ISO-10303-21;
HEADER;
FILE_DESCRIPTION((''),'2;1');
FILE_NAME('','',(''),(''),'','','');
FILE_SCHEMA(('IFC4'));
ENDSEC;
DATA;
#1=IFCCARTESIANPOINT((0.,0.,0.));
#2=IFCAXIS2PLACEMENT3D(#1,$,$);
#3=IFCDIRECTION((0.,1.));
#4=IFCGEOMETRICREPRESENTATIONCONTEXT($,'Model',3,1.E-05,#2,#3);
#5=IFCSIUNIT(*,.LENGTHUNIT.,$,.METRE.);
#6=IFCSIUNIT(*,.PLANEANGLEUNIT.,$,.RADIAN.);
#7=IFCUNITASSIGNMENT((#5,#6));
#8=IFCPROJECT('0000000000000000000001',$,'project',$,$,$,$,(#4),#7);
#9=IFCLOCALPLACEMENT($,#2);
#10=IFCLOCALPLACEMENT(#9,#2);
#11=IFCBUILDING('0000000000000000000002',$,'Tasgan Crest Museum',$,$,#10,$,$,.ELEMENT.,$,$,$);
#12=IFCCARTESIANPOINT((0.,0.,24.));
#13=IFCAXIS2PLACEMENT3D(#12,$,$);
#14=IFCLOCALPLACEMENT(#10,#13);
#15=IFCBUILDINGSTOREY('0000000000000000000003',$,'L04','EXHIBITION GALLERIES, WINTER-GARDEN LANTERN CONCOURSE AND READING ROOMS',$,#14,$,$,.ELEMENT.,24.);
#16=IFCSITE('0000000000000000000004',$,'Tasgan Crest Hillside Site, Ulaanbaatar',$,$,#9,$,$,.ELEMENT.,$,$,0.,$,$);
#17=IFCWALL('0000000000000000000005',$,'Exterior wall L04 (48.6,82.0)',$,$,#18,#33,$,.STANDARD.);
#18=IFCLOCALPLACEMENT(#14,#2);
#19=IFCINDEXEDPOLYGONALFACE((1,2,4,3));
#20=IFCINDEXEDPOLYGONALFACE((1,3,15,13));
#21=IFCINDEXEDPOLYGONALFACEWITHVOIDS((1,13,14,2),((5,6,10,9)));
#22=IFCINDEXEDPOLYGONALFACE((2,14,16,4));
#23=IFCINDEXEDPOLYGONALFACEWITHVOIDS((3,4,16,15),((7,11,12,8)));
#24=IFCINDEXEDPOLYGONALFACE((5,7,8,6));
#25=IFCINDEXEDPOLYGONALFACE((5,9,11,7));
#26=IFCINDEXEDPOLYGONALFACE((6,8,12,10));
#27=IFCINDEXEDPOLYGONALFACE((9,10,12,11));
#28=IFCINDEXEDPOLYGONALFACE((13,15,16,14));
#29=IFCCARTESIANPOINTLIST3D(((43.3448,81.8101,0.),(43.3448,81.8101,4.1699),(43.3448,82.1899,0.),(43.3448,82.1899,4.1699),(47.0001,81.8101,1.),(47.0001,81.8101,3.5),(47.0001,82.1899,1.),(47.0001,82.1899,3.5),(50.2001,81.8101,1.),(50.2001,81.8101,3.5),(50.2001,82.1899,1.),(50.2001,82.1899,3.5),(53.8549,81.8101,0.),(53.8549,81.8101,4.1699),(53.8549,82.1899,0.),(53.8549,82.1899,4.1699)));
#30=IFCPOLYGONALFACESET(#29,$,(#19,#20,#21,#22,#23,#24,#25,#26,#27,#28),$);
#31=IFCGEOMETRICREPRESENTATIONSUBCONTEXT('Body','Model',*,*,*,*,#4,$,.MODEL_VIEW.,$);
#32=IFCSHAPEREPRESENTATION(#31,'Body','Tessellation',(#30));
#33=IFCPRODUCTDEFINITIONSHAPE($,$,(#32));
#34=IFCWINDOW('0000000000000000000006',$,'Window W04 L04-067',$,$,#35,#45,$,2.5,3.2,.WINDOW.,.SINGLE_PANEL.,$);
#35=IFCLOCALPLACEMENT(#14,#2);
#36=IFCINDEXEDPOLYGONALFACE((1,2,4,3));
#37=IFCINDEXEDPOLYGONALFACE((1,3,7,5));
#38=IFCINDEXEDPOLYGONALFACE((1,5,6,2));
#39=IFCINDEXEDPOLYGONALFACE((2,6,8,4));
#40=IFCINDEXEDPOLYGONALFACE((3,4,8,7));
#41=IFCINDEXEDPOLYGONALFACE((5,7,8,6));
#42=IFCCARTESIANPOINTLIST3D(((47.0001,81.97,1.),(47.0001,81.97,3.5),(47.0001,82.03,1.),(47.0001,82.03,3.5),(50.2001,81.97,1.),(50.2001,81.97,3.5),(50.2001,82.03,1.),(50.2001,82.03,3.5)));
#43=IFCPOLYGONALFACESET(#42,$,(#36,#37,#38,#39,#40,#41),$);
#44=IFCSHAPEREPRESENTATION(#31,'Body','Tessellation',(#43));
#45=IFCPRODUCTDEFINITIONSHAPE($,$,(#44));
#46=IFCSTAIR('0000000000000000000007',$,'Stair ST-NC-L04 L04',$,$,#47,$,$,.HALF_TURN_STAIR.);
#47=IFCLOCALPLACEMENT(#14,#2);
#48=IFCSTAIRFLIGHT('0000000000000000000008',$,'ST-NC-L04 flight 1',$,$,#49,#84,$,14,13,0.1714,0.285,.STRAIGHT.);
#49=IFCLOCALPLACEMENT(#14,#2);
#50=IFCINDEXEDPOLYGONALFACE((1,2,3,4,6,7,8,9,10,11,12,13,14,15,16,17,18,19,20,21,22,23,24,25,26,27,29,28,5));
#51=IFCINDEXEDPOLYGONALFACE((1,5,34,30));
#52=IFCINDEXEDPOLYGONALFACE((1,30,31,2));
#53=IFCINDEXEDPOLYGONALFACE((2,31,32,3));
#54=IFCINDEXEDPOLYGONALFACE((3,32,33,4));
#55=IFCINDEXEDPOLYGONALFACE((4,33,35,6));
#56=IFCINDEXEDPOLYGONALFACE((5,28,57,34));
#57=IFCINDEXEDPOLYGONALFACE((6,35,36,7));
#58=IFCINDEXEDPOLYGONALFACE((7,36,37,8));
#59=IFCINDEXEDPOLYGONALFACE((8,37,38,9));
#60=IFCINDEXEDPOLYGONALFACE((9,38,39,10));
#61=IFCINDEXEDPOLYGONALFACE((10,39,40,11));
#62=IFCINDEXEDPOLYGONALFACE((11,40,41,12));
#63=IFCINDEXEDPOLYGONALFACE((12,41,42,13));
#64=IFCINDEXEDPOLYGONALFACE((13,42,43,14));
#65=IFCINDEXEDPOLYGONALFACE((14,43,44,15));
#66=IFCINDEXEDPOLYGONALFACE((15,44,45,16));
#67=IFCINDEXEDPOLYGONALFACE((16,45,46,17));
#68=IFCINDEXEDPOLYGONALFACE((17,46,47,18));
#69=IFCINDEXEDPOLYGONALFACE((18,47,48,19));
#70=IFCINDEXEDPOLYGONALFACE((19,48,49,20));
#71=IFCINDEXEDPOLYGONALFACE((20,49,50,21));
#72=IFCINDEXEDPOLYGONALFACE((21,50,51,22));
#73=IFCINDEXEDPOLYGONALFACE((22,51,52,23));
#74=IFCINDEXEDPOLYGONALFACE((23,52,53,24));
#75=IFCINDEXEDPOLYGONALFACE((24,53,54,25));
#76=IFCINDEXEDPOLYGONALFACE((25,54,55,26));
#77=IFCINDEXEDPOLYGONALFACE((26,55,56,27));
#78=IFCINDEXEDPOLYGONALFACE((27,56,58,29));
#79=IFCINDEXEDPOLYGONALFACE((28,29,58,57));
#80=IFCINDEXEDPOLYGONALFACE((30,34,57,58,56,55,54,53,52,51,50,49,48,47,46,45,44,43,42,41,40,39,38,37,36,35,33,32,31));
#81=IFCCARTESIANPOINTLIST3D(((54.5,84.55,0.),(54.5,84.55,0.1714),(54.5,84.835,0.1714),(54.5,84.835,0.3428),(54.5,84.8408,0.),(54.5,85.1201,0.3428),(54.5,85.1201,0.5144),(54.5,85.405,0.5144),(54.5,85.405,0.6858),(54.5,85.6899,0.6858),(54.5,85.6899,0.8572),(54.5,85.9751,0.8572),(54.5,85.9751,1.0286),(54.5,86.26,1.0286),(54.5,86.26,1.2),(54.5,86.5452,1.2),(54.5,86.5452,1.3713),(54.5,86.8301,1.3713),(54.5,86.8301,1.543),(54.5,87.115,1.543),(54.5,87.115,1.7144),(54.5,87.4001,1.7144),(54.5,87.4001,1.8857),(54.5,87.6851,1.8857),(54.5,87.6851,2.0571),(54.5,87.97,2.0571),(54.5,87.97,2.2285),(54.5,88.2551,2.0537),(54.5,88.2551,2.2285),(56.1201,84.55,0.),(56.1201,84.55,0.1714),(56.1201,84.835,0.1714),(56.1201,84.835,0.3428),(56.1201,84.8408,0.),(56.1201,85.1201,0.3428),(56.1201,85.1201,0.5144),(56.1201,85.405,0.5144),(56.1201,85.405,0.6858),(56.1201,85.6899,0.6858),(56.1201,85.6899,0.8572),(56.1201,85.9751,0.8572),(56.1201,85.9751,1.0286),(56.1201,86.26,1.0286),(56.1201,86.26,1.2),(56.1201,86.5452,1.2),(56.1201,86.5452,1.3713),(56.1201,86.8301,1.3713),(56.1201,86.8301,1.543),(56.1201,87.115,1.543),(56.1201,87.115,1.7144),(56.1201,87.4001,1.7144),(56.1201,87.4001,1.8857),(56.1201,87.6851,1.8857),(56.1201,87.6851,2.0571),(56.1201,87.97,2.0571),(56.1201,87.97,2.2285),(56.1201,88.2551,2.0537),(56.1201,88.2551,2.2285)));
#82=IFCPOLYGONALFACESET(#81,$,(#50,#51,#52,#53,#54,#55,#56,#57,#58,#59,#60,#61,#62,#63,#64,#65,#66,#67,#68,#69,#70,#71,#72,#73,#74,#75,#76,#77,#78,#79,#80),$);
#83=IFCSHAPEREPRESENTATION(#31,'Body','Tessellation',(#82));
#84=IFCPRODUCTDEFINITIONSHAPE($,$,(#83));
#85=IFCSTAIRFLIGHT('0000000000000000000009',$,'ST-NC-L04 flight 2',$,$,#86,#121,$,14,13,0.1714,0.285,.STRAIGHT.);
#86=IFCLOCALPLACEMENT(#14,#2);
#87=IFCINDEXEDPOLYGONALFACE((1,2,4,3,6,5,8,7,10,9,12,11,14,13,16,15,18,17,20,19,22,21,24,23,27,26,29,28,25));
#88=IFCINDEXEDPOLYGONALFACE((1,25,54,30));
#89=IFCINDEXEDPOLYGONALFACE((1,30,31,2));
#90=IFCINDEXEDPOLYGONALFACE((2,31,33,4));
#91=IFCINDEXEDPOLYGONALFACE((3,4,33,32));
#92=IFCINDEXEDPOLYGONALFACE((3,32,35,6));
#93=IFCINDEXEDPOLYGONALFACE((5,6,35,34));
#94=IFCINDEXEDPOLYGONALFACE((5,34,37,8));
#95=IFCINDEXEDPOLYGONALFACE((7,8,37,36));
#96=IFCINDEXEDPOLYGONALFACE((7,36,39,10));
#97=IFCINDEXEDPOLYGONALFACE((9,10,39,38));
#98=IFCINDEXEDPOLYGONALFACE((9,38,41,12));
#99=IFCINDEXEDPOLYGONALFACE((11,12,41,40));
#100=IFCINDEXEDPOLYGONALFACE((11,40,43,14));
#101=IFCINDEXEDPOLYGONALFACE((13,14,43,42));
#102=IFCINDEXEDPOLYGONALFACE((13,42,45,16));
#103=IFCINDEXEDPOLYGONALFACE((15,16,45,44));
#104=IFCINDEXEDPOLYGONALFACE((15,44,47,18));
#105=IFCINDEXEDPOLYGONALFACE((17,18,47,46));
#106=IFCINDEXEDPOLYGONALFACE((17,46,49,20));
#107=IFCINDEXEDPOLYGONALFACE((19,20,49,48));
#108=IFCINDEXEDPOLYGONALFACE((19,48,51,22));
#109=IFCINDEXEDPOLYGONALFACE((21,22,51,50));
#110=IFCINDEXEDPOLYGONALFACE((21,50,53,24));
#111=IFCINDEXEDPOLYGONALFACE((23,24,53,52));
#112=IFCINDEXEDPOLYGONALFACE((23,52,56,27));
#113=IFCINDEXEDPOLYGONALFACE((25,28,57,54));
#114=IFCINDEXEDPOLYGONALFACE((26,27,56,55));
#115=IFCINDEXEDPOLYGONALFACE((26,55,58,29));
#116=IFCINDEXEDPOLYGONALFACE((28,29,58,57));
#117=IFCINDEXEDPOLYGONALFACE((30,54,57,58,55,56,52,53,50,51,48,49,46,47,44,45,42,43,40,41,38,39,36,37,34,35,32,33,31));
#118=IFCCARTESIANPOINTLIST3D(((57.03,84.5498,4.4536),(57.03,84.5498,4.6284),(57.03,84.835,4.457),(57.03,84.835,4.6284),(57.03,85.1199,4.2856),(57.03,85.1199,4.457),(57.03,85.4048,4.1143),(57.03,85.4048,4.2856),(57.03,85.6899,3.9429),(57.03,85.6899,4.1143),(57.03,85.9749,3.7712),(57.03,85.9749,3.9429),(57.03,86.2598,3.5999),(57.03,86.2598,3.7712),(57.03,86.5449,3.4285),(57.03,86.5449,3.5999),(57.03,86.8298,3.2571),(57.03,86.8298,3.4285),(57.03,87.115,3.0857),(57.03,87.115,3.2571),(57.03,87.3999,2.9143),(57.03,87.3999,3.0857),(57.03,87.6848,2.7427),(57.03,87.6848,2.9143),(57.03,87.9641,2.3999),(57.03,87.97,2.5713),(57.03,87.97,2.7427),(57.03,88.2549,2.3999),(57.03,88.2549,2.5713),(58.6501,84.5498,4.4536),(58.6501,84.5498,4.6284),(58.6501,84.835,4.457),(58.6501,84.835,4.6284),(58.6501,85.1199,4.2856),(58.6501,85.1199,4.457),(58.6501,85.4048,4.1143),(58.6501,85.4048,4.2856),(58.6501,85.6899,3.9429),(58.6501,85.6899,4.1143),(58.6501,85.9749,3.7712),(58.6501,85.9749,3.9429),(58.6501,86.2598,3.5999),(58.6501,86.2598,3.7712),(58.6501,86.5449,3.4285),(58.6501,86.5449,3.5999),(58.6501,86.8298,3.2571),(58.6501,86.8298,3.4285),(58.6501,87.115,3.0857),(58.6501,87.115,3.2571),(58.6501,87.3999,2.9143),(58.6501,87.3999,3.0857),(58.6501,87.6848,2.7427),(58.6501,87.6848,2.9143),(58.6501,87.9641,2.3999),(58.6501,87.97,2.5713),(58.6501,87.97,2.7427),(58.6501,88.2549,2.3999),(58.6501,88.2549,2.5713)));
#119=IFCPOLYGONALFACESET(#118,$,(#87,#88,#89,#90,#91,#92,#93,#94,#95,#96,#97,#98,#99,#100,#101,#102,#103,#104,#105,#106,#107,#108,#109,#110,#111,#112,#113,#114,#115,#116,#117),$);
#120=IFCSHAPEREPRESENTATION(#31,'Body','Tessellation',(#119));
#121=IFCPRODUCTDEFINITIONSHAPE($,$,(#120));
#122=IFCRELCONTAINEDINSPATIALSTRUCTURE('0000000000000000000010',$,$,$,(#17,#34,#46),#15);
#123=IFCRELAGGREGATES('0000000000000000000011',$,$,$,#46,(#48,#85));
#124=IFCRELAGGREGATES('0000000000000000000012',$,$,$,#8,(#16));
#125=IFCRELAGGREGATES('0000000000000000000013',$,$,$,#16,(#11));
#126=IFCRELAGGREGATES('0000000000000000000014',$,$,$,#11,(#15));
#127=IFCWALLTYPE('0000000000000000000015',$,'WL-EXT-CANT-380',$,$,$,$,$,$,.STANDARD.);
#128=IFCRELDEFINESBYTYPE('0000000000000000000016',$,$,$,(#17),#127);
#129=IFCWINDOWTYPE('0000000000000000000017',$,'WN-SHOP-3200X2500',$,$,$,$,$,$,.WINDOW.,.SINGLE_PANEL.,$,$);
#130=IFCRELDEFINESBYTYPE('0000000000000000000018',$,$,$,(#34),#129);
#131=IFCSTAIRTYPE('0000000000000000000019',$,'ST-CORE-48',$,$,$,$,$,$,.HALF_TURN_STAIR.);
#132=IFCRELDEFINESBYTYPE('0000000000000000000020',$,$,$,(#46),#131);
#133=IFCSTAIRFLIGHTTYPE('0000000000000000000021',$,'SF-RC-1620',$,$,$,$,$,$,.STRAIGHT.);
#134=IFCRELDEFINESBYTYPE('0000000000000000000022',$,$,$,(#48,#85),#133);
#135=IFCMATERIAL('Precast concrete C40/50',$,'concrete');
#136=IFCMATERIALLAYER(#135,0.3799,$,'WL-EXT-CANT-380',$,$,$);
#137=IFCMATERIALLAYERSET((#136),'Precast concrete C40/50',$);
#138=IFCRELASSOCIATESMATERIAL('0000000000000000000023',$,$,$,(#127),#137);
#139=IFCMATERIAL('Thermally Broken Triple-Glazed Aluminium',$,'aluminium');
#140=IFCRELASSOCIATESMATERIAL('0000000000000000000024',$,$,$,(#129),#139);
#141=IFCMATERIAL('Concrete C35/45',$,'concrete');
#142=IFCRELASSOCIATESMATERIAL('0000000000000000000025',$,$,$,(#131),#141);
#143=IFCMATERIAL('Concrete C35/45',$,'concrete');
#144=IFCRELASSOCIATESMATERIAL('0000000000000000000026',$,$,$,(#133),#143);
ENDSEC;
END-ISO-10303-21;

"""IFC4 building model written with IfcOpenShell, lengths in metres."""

from ifc_helpers import new_model, si_unit, direction, frame, frame_2d, origin, place, context, subcontext, project, spatial, polyline, rectangle, outline, extrude, material, layer, layer_set, type_object, element, fill, aggregate, save


model = new_model("IFC4")

# Units and contexts
model_context = context("Model", 3, precision=1e-05, world=origin(), true_north=direction((0.0, 1.0)))
body_context = subcontext(model_context, "Body", "Model", "MODEL_VIEW")
ifc_project = project(units=[si_unit("LENGTHUNIT", "METRE"), si_unit("PLANEANGLEUNIT", "RADIAN")], contexts=[model_context])

# Site, building, storey
site_placement = place(None, origin())
site = spatial("IfcSite", under=ifc_project, at=site_placement, Name="Tasgan Crest Hillside Site, Ulaanbaatar", CompositionType="ELEMENT", RefElevation=0.0)
building_placement = place(site_placement, origin())
building = spatial("IfcBuilding", under=site, at=building_placement, Name="Tasgan Crest Museum", CompositionType="ELEMENT")
storey_placement = place(building_placement, frame((0.0, 0.0, 24.0)))
storey = spatial("IfcBuildingStorey", under=building, at=storey_placement, Name="L04", Description="EXHIBITION GALLERIES, WINTER-GARDEN LANTERN CONCOURSE AND READING ROOMS", CompositionType="ELEMENT", Elevation=24.0)

# Wall, opening, window
ifc_material_1 = material(Name="Precast concrete C40/50", Category="concrete")
ifc_layer_1 = layer(ifc_material_1, 0.3799, Name="WL-EXT-CANT-380")
ifc_layer_set_1 = layer_set([ifc_layer_1], Name="Precast concrete C40/50")
wall_type_1 = type_object("IfcWallType", Name="WL-EXT-CANT-380", PredefinedType="STANDARD", material=ifc_layer_set_1)
wall_1_placement = place(storey_placement, frame((43.345, 82.0, 0.0), z_axis=(0.0, 0.0, 1.0), x_axis=(1.0, 0.0, 0.0)))
wall_1 = element("IfcWall", 1, at=wall_1_placement, inside=storey, type_object=wall_type_1, Name="Exterior wall L04 (48.6,82.0)", PredefinedType="STANDARD", context=body_context, shape_type="SweptSolid", body=[
    extrude(rectangle(XDim=10.51, YDim=0.3799, at=frame_2d((5.2549, 0.0))), origin(), (0.0, 0.0, 1.0), 4.1699),
])
opening_1_placement = place(wall_1_placement, frame((3.655, 0.0, 1.0)))
opening_1 = element("IfcOpeningElement", 2, at=opening_1_placement, cuts=wall_1, PredefinedType="OPENING", context=body_context, shape_type="SweptSolid", body=[
    extrude(rectangle(XDim=3.2, YDim=2.5, at=frame_2d((1.6001, 1.25))), frame((0.0, 0.2, 0.0), z_axis=(0.0, -1.0, 0.0), x_axis=(1.0, 0.0, 0.0)), (0.0, 0.0, 1.0), 0.3999),
])
ifc_material_2 = material(Name="Thermally Broken Triple-Glazed Aluminium", Category="aluminium")
window_type = type_object("IfcWindowType", Name="WN-SHOP-3200X2500", PartitioningType="SINGLE_PANEL", PredefinedType="WINDOW", material=ifc_material_2)
window_placement = place(opening_1_placement, origin())
window = element("IfcWindow", 3, at=window_placement, inside=storey, type_object=window_type, Name="Window W04 L04-067", OverallHeight=2.5, OverallWidth=3.2, PartitioningType="SINGLE_PANEL", PredefinedType="WINDOW", context=body_context, shape_type="SweptSolid", body=[
    extrude(rectangle(XDim=3.2, YDim=2.5, at=frame_2d((1.6001, 1.25))), frame((0.0, 0.03, 0.0), z_axis=(0.0, -1.0, 0.0), x_axis=(1.0, 0.0, 0.0)), (0.0, 0.0, 1.0), 0.0601),
])
fill(opening_1, window)

# Stair, stair flights
ifc_material_3 = material(Name="Concrete C35/45", Category="concrete")
stair_type = type_object("IfcStairType", Name="ST-CORE-48", PredefinedType="HALF_TURN_STAIR", material=ifc_material_3)
stair_placement = place(storey_placement, origin())
stair = element("IfcStair", 4, at=stair_placement, inside=storey, type_object=stair_type, Name="Stair ST-NC-L04 L04", PredefinedType="HALF_TURN_STAIR")
ifc_material_4 = material(Name="Concrete C35/45", Category="concrete")
stair_flight_type = type_object("IfcStairFlightType", Name="SF-RC-1620", PredefinedType="STRAIGHT", material=ifc_material_4)
stair_flight_1_placement = place(storey_placement, frame((55.3101, 84.55, 0.0), z_axis=(0.0, 0.0, 1.0), x_axis=(0.0, 1.0, 0.0)))
stair_flight_1 = element("IfcStairFlight", 5, at=stair_flight_1_placement, type_object=stair_flight_type, Name="ST-NC-L04 flight 1", NumberOfRisers=14, NumberOfTreads=13, PredefinedType="STRAIGHT", RiserHeight=0.1714, TreadLength=0.285, context=body_context, shape_type="SweptSolid", body=[
    extrude(outline(polyline([(0.0, 0.0), (0.0, 0.1714), (0.2849, 0.1714), (0.2849, 0.3428), (0.5701, 0.3428), (0.5701, 0.5144), (0.855, 0.5144), (0.855, 0.6858), (1.1399, 0.6858), (1.1399, 0.8572), (1.425, 0.8572), (1.425, 1.0286), (1.71, 1.0286), (1.71, 1.2), (1.9951, 1.2), (1.9951, 1.3713), (2.28, 1.3713), (2.28, 1.543), (2.5649, 1.543), (2.5649, 1.7144), (2.8501, 1.7144), (2.8501, 1.8857), (3.135, 1.8857), (3.135, 2.0571), (3.4199, 2.0571), (3.4199, 2.2285), (3.7051, 2.2285), (3.7051, 2.3999), (3.7051, 2.0537), (0.2908, 0.0), (0.0, 0.0)])), frame((0.0, 0.8101, 0.0), z_axis=(0.0, -1.0, 0.0), x_axis=(1.0, 0.0, 0.0)), (0.0, 0.0, 1.0), 1.6201),
])
stair_flight_2_placement = place(storey_placement, frame((57.8401, 88.2549, 2.3999), z_axis=(0.0, 0.0, 1.0), x_axis=(0.0, -1.0, 0.0)))
stair_flight_2 = element("IfcStairFlight", 6, at=stair_flight_2_placement, type_object=stair_flight_type, Name="ST-NC-L04 flight 2", NumberOfRisers=14, NumberOfTreads=13, PredefinedType="STRAIGHT", RiserHeight=0.1714, TreadLength=0.285, context=body_context, shape_type="SweptSolid", body=[
    extrude(outline(polyline([(0.0, 0.0), (0.0, 0.1714), (0.2849, 0.1714), (0.2849, 0.3428), (0.5701, 0.3428), (0.5701, 0.5144), (0.855, 0.5144), (0.855, 0.6858), (1.1399, 0.6858), (1.1399, 0.8572), (1.425, 0.8572), (1.425, 1.0286), (1.71, 1.0286), (1.71, 1.2), (1.9951, 1.2), (1.9951, 1.3713), (2.28, 1.3713), (2.28, 1.543), (2.5649, 1.543), (2.5649, 1.7144), (2.8501, 1.7144), (2.8501, 1.8857), (3.135, 1.8857), (3.135, 2.0571), (3.4199, 2.0571), (3.4199, 2.2285), (3.7051, 2.2285), (3.7051, 2.3999), (3.7051, 2.0537), (0.2908, 0.0), (0.0, 0.0)])), frame((0.0, 0.8101, 0.0), z_axis=(0.0, -1.0, 0.0), x_axis=(1.0, 0.0, 0.0)), (0.0, 0.0, 1.0), 1.6201),
])
aggregate(stair, [stair_flight_1, stair_flight_2])

save(model, "model.ifc")
